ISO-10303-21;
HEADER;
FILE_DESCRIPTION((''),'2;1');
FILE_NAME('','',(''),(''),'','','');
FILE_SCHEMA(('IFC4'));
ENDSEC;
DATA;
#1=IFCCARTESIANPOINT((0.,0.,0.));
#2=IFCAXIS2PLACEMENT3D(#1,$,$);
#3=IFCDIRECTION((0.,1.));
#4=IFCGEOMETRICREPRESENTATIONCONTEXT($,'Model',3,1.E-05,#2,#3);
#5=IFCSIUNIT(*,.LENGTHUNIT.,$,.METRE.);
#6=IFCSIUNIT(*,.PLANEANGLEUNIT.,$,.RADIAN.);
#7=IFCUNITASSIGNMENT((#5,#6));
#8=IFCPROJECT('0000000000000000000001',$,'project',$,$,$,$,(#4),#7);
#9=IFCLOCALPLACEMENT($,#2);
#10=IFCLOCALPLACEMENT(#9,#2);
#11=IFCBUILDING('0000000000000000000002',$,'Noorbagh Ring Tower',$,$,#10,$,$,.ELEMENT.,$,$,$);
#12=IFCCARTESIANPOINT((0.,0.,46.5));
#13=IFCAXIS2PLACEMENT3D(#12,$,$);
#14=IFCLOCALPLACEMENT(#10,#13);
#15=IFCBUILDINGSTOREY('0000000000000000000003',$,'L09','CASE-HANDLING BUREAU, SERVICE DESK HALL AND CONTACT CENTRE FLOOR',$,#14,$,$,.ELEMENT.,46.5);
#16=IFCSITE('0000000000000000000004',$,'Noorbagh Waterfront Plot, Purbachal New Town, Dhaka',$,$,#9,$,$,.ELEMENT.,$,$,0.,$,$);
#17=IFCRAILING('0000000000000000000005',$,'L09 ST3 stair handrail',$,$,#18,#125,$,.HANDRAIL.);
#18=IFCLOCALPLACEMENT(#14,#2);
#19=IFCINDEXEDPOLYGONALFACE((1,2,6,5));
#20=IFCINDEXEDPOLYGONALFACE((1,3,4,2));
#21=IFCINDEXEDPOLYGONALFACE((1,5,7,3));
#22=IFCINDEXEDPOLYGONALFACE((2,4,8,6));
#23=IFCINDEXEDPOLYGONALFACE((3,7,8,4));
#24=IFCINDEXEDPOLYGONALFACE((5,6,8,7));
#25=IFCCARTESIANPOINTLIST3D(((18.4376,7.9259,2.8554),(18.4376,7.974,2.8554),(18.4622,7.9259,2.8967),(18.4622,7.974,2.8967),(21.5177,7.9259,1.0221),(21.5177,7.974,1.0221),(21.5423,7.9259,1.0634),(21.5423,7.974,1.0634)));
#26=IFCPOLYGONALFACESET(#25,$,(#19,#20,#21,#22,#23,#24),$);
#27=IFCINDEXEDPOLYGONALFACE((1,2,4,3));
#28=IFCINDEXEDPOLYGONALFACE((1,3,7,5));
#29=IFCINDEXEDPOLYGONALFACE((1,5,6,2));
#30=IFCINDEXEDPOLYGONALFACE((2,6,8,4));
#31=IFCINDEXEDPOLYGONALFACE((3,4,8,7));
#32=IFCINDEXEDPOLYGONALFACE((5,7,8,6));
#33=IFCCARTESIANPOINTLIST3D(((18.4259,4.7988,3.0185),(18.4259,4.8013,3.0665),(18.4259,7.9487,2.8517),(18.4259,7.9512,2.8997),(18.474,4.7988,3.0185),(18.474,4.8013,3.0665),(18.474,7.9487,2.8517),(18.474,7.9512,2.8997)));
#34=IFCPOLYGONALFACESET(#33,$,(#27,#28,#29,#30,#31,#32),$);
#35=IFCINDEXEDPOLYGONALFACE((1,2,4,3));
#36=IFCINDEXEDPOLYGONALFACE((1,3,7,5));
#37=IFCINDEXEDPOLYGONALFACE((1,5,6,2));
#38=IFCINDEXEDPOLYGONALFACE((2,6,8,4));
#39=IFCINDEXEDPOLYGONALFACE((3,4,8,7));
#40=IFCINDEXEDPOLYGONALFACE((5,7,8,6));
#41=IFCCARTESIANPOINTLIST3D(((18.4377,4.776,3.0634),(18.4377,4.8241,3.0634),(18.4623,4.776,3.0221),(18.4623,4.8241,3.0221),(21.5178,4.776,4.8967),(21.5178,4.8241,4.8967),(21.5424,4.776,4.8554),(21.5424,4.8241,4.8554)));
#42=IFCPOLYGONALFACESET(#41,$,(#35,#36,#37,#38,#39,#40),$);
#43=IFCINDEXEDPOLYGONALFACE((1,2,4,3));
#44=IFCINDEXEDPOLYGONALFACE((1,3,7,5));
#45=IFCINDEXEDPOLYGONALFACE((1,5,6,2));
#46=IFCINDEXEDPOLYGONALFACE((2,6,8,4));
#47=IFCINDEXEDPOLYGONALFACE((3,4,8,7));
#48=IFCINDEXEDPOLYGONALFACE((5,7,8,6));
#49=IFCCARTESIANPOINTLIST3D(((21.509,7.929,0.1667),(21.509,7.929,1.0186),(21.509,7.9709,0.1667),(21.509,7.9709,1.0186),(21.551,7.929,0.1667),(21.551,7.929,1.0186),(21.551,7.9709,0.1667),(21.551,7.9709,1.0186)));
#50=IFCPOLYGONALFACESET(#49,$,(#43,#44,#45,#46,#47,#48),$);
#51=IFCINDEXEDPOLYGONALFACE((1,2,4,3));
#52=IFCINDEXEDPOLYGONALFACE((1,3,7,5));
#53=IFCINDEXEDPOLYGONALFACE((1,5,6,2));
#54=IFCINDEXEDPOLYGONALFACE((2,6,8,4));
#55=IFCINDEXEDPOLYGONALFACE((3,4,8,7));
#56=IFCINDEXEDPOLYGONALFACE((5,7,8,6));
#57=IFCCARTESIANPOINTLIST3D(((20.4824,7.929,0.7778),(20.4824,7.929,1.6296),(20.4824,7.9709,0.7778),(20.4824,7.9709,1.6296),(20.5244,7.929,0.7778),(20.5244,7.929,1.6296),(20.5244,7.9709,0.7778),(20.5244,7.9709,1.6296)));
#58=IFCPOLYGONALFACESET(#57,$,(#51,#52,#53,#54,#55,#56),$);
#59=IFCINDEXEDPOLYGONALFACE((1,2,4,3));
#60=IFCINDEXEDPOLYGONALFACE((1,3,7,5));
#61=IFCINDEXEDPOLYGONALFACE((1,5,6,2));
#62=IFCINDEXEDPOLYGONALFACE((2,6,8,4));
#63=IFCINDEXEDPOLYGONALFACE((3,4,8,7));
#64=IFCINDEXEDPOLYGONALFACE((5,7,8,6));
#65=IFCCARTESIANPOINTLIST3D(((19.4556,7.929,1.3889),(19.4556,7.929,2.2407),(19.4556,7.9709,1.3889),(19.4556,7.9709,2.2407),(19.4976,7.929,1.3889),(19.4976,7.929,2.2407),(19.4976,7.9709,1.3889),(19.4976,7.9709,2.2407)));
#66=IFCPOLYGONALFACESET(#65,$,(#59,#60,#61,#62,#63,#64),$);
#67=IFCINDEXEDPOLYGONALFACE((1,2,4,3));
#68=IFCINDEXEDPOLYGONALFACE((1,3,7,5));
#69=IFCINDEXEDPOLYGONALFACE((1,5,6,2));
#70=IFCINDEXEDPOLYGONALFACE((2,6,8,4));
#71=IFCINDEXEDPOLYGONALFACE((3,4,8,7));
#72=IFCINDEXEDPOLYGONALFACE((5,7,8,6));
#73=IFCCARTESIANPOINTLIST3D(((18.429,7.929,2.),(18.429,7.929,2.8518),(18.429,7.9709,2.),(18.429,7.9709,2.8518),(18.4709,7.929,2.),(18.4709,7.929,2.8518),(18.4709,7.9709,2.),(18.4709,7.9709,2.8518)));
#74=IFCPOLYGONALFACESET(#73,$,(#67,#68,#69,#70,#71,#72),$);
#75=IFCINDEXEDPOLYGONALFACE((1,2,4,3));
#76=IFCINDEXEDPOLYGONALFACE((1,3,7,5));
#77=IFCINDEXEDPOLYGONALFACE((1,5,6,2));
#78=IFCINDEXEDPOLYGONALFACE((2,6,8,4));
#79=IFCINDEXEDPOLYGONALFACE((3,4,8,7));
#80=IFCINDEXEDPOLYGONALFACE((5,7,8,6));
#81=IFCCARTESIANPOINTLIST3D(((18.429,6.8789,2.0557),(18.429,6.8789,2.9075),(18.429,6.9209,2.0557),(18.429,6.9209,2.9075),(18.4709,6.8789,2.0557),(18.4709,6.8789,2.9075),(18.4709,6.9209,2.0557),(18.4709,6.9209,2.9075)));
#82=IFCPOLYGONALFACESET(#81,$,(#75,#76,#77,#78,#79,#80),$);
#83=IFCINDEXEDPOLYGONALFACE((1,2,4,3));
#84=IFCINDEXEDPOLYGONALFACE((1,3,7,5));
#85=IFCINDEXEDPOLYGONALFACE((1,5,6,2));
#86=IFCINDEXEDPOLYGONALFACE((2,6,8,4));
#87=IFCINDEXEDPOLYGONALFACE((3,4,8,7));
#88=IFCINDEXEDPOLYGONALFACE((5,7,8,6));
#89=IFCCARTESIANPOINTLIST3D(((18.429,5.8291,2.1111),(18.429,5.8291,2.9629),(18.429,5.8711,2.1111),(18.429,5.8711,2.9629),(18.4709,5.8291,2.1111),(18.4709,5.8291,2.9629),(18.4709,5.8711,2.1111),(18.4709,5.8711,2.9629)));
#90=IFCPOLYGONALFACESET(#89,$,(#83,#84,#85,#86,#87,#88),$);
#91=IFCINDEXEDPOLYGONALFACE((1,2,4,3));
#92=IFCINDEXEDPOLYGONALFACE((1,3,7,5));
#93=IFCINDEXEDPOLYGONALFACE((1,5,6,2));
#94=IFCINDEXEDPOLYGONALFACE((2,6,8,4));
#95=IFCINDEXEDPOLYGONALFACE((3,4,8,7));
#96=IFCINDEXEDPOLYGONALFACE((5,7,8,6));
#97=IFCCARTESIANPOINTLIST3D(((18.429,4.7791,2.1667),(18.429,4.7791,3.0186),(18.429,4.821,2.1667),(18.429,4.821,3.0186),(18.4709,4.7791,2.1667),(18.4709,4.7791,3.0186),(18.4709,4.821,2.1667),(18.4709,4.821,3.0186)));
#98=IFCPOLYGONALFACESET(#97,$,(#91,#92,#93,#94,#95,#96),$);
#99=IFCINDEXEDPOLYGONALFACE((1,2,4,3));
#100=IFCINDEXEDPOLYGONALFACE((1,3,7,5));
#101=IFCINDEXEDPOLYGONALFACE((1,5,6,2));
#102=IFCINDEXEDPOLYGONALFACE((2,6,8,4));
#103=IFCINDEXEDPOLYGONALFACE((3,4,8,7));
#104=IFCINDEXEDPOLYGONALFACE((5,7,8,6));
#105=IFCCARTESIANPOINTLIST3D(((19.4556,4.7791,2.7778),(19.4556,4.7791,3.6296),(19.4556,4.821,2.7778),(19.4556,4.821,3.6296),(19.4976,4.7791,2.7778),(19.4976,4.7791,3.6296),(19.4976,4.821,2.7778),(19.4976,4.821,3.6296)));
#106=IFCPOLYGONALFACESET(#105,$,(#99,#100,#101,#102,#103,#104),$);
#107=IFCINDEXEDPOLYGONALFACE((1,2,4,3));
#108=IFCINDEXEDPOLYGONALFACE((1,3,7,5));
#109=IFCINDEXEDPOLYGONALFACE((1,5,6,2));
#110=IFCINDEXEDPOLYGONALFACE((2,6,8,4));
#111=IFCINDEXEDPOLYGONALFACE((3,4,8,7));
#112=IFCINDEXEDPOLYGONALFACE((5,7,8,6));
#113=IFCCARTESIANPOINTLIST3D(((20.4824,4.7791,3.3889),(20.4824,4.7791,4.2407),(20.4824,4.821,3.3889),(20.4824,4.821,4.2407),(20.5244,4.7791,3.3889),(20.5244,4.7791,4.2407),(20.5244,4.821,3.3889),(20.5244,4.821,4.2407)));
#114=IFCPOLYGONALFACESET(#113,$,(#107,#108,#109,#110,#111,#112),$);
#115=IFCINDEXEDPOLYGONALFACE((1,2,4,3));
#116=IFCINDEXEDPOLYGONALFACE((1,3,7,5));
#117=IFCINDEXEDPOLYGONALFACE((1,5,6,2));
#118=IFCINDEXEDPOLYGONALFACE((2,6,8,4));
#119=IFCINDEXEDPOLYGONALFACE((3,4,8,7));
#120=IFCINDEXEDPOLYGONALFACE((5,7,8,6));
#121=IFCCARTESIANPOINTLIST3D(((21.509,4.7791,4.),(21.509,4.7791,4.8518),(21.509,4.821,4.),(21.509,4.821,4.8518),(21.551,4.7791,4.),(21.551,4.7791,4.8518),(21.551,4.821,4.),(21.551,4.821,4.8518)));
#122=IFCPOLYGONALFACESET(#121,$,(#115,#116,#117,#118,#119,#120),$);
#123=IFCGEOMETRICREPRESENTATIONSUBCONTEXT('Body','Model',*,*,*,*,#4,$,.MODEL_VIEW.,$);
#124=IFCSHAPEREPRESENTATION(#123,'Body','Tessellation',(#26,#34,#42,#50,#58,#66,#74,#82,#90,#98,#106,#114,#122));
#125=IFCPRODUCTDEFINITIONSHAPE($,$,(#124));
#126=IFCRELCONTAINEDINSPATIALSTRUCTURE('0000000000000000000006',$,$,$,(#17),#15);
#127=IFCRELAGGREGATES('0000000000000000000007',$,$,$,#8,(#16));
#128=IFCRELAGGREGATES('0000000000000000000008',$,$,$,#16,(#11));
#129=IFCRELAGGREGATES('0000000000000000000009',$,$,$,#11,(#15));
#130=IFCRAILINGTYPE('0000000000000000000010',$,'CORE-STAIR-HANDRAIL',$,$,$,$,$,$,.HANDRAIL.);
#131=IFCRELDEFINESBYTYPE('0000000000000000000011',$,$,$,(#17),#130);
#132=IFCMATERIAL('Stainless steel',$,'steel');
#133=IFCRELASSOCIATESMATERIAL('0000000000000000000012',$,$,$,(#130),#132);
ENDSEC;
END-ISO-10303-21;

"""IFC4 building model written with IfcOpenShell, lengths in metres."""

from ifc_helpers import new_model, si_unit, direction, frame, origin, origin_2d, place, context, subcontext, project, spatial, rectangle, extrude, material, type_object, element, save


model = new_model("IFC4")

# Units and contexts
model_context = context("Model", 3, precision=1e-05, world=origin(), true_north=direction((0.0, 1.0)))
body_context = subcontext(model_context, "Body", "Model", "MODEL_VIEW")
ifc_project = project(units=[si_unit("LENGTHUNIT", "METRE"), si_unit("PLANEANGLEUNIT", "RADIAN")], contexts=[model_context])

# Site, building, storey
site_placement = place(None, origin())
site = spatial("IfcSite", under=ifc_project, at=site_placement, Name="Noorbagh Waterfront Plot, Purbachal New Town, Dhaka", CompositionType="ELEMENT", RefElevation=0.0)
building_placement = place(site_placement, origin())
building = spatial("IfcBuilding", under=site, at=building_placement, Name="Noorbagh Ring Tower", CompositionType="ELEMENT")
storey_placement = place(building_placement, frame((0.0, 0.0, 46.5)))
storey = spatial("IfcBuildingStorey", under=building, at=storey_placement, Name="L09", Description="CASE-HANDLING BUREAU, SERVICE DESK HALL AND CONTACT CENTRE FLOOR", CompositionType="ELEMENT", Elevation=46.5)

# Railing
ifc_material_1 = material(Name="Stainless steel", Category="steel")
railing_type_1 = type_object("IfcRailingType", Name="CORE-STAIR-HANDRAIL", PredefinedType="HANDRAIL", material=ifc_material_1)
railing_1_placement = place(storey_placement, frame((21.53, 7.95, 0.1667)))
element("IfcRailing", 1, at=railing_1_placement, inside=storey, type_object=railing_type_1, Name="L09 ST3 stair handrail", PredefinedType="HANDRAIL", context=body_context, shape_type="SweptSolid", body=[
    extrude(rectangle(XDim=0.0481, YDim=0.0481, at=origin_2d()), frame((0.0, 0.0, 0.876), z_axis=(-0.859309, 0.0, 0.511458), x_axis=(0.0, -1.0, 0.0)), (0.0, 0.0, 1.0), 3.5845),
    extrude(rectangle(XDim=0.0481, YDim=0.0481, at=origin_2d()), frame((-3.0801, 0.0, 2.709), z_axis=(0.0, -0.998602, 0.052864), x_axis=(1.0, 0.0, 0.0)), (0.0, 0.0, 1.0), 3.1543),
    extrude(rectangle(XDim=0.0481, YDim=0.0481, at=origin_2d()), frame((-3.0801, -3.1499, 2.876), z_axis=(0.859309, 0.0, 0.511458), x_axis=(0.0, 1.0, 0.0)), (0.0, 0.0, 1.0), 3.5845),
    extrude(rectangle(XDim=0.042, YDim=0.042, at=origin_2d()), origin(), (0.0, 0.0, 1.0), 0.8518),
    extrude(rectangle(XDim=0.042, YDim=0.042, at=origin_2d()), frame((-1.0266, 0.0, 0.6111)), (0.0, 0.0, 1.0), 0.8518),
    extrude(rectangle(XDim=0.042, YDim=0.042, at=origin_2d()), frame((-2.0535, 0.0, 1.2222)), (0.0, 0.0, 1.0), 0.8518),
    extrude(rectangle(XDim=0.042, YDim=0.042, at=origin_2d()), frame((-3.0801, 0.0, 1.8333)), (0.0, 0.0, 1.0), 0.8518),
    extrude(rectangle(XDim=0.042, YDim=0.042, at=origin_2d()), frame((-3.0801, -1.05, 1.8889)), (0.0, 0.0, 1.0), 0.8518),
    extrude(rectangle(XDim=0.042, YDim=0.042, at=origin_2d()), frame((-3.0801, -2.0999, 1.9443)), (0.0, 0.0, 1.0), 0.8518),
    extrude(rectangle(XDim=0.042, YDim=0.042, at=origin_2d()), frame((-3.0801, -3.1499, 2.0)), (0.0, 0.0, 1.0), 0.8518),
    extrude(rectangle(XDim=0.042, YDim=0.042, at=origin_2d()), frame((-2.0535, -3.1499, 2.6111)), (0.0, 0.0, 1.0), 0.8518),
    extrude(rectangle(XDim=0.042, YDim=0.042, at=origin_2d()), frame((-1.0266, -3.1499, 3.2222)), (0.0, 0.0, 1.0), 0.8518),
    extrude(rectangle(XDim=0.042, YDim=0.042, at=origin_2d()), frame((0.0, -3.1499, 3.8333)), (0.0, 0.0, 1.0), 0.8518),
])

save(model, "model.ifc")
